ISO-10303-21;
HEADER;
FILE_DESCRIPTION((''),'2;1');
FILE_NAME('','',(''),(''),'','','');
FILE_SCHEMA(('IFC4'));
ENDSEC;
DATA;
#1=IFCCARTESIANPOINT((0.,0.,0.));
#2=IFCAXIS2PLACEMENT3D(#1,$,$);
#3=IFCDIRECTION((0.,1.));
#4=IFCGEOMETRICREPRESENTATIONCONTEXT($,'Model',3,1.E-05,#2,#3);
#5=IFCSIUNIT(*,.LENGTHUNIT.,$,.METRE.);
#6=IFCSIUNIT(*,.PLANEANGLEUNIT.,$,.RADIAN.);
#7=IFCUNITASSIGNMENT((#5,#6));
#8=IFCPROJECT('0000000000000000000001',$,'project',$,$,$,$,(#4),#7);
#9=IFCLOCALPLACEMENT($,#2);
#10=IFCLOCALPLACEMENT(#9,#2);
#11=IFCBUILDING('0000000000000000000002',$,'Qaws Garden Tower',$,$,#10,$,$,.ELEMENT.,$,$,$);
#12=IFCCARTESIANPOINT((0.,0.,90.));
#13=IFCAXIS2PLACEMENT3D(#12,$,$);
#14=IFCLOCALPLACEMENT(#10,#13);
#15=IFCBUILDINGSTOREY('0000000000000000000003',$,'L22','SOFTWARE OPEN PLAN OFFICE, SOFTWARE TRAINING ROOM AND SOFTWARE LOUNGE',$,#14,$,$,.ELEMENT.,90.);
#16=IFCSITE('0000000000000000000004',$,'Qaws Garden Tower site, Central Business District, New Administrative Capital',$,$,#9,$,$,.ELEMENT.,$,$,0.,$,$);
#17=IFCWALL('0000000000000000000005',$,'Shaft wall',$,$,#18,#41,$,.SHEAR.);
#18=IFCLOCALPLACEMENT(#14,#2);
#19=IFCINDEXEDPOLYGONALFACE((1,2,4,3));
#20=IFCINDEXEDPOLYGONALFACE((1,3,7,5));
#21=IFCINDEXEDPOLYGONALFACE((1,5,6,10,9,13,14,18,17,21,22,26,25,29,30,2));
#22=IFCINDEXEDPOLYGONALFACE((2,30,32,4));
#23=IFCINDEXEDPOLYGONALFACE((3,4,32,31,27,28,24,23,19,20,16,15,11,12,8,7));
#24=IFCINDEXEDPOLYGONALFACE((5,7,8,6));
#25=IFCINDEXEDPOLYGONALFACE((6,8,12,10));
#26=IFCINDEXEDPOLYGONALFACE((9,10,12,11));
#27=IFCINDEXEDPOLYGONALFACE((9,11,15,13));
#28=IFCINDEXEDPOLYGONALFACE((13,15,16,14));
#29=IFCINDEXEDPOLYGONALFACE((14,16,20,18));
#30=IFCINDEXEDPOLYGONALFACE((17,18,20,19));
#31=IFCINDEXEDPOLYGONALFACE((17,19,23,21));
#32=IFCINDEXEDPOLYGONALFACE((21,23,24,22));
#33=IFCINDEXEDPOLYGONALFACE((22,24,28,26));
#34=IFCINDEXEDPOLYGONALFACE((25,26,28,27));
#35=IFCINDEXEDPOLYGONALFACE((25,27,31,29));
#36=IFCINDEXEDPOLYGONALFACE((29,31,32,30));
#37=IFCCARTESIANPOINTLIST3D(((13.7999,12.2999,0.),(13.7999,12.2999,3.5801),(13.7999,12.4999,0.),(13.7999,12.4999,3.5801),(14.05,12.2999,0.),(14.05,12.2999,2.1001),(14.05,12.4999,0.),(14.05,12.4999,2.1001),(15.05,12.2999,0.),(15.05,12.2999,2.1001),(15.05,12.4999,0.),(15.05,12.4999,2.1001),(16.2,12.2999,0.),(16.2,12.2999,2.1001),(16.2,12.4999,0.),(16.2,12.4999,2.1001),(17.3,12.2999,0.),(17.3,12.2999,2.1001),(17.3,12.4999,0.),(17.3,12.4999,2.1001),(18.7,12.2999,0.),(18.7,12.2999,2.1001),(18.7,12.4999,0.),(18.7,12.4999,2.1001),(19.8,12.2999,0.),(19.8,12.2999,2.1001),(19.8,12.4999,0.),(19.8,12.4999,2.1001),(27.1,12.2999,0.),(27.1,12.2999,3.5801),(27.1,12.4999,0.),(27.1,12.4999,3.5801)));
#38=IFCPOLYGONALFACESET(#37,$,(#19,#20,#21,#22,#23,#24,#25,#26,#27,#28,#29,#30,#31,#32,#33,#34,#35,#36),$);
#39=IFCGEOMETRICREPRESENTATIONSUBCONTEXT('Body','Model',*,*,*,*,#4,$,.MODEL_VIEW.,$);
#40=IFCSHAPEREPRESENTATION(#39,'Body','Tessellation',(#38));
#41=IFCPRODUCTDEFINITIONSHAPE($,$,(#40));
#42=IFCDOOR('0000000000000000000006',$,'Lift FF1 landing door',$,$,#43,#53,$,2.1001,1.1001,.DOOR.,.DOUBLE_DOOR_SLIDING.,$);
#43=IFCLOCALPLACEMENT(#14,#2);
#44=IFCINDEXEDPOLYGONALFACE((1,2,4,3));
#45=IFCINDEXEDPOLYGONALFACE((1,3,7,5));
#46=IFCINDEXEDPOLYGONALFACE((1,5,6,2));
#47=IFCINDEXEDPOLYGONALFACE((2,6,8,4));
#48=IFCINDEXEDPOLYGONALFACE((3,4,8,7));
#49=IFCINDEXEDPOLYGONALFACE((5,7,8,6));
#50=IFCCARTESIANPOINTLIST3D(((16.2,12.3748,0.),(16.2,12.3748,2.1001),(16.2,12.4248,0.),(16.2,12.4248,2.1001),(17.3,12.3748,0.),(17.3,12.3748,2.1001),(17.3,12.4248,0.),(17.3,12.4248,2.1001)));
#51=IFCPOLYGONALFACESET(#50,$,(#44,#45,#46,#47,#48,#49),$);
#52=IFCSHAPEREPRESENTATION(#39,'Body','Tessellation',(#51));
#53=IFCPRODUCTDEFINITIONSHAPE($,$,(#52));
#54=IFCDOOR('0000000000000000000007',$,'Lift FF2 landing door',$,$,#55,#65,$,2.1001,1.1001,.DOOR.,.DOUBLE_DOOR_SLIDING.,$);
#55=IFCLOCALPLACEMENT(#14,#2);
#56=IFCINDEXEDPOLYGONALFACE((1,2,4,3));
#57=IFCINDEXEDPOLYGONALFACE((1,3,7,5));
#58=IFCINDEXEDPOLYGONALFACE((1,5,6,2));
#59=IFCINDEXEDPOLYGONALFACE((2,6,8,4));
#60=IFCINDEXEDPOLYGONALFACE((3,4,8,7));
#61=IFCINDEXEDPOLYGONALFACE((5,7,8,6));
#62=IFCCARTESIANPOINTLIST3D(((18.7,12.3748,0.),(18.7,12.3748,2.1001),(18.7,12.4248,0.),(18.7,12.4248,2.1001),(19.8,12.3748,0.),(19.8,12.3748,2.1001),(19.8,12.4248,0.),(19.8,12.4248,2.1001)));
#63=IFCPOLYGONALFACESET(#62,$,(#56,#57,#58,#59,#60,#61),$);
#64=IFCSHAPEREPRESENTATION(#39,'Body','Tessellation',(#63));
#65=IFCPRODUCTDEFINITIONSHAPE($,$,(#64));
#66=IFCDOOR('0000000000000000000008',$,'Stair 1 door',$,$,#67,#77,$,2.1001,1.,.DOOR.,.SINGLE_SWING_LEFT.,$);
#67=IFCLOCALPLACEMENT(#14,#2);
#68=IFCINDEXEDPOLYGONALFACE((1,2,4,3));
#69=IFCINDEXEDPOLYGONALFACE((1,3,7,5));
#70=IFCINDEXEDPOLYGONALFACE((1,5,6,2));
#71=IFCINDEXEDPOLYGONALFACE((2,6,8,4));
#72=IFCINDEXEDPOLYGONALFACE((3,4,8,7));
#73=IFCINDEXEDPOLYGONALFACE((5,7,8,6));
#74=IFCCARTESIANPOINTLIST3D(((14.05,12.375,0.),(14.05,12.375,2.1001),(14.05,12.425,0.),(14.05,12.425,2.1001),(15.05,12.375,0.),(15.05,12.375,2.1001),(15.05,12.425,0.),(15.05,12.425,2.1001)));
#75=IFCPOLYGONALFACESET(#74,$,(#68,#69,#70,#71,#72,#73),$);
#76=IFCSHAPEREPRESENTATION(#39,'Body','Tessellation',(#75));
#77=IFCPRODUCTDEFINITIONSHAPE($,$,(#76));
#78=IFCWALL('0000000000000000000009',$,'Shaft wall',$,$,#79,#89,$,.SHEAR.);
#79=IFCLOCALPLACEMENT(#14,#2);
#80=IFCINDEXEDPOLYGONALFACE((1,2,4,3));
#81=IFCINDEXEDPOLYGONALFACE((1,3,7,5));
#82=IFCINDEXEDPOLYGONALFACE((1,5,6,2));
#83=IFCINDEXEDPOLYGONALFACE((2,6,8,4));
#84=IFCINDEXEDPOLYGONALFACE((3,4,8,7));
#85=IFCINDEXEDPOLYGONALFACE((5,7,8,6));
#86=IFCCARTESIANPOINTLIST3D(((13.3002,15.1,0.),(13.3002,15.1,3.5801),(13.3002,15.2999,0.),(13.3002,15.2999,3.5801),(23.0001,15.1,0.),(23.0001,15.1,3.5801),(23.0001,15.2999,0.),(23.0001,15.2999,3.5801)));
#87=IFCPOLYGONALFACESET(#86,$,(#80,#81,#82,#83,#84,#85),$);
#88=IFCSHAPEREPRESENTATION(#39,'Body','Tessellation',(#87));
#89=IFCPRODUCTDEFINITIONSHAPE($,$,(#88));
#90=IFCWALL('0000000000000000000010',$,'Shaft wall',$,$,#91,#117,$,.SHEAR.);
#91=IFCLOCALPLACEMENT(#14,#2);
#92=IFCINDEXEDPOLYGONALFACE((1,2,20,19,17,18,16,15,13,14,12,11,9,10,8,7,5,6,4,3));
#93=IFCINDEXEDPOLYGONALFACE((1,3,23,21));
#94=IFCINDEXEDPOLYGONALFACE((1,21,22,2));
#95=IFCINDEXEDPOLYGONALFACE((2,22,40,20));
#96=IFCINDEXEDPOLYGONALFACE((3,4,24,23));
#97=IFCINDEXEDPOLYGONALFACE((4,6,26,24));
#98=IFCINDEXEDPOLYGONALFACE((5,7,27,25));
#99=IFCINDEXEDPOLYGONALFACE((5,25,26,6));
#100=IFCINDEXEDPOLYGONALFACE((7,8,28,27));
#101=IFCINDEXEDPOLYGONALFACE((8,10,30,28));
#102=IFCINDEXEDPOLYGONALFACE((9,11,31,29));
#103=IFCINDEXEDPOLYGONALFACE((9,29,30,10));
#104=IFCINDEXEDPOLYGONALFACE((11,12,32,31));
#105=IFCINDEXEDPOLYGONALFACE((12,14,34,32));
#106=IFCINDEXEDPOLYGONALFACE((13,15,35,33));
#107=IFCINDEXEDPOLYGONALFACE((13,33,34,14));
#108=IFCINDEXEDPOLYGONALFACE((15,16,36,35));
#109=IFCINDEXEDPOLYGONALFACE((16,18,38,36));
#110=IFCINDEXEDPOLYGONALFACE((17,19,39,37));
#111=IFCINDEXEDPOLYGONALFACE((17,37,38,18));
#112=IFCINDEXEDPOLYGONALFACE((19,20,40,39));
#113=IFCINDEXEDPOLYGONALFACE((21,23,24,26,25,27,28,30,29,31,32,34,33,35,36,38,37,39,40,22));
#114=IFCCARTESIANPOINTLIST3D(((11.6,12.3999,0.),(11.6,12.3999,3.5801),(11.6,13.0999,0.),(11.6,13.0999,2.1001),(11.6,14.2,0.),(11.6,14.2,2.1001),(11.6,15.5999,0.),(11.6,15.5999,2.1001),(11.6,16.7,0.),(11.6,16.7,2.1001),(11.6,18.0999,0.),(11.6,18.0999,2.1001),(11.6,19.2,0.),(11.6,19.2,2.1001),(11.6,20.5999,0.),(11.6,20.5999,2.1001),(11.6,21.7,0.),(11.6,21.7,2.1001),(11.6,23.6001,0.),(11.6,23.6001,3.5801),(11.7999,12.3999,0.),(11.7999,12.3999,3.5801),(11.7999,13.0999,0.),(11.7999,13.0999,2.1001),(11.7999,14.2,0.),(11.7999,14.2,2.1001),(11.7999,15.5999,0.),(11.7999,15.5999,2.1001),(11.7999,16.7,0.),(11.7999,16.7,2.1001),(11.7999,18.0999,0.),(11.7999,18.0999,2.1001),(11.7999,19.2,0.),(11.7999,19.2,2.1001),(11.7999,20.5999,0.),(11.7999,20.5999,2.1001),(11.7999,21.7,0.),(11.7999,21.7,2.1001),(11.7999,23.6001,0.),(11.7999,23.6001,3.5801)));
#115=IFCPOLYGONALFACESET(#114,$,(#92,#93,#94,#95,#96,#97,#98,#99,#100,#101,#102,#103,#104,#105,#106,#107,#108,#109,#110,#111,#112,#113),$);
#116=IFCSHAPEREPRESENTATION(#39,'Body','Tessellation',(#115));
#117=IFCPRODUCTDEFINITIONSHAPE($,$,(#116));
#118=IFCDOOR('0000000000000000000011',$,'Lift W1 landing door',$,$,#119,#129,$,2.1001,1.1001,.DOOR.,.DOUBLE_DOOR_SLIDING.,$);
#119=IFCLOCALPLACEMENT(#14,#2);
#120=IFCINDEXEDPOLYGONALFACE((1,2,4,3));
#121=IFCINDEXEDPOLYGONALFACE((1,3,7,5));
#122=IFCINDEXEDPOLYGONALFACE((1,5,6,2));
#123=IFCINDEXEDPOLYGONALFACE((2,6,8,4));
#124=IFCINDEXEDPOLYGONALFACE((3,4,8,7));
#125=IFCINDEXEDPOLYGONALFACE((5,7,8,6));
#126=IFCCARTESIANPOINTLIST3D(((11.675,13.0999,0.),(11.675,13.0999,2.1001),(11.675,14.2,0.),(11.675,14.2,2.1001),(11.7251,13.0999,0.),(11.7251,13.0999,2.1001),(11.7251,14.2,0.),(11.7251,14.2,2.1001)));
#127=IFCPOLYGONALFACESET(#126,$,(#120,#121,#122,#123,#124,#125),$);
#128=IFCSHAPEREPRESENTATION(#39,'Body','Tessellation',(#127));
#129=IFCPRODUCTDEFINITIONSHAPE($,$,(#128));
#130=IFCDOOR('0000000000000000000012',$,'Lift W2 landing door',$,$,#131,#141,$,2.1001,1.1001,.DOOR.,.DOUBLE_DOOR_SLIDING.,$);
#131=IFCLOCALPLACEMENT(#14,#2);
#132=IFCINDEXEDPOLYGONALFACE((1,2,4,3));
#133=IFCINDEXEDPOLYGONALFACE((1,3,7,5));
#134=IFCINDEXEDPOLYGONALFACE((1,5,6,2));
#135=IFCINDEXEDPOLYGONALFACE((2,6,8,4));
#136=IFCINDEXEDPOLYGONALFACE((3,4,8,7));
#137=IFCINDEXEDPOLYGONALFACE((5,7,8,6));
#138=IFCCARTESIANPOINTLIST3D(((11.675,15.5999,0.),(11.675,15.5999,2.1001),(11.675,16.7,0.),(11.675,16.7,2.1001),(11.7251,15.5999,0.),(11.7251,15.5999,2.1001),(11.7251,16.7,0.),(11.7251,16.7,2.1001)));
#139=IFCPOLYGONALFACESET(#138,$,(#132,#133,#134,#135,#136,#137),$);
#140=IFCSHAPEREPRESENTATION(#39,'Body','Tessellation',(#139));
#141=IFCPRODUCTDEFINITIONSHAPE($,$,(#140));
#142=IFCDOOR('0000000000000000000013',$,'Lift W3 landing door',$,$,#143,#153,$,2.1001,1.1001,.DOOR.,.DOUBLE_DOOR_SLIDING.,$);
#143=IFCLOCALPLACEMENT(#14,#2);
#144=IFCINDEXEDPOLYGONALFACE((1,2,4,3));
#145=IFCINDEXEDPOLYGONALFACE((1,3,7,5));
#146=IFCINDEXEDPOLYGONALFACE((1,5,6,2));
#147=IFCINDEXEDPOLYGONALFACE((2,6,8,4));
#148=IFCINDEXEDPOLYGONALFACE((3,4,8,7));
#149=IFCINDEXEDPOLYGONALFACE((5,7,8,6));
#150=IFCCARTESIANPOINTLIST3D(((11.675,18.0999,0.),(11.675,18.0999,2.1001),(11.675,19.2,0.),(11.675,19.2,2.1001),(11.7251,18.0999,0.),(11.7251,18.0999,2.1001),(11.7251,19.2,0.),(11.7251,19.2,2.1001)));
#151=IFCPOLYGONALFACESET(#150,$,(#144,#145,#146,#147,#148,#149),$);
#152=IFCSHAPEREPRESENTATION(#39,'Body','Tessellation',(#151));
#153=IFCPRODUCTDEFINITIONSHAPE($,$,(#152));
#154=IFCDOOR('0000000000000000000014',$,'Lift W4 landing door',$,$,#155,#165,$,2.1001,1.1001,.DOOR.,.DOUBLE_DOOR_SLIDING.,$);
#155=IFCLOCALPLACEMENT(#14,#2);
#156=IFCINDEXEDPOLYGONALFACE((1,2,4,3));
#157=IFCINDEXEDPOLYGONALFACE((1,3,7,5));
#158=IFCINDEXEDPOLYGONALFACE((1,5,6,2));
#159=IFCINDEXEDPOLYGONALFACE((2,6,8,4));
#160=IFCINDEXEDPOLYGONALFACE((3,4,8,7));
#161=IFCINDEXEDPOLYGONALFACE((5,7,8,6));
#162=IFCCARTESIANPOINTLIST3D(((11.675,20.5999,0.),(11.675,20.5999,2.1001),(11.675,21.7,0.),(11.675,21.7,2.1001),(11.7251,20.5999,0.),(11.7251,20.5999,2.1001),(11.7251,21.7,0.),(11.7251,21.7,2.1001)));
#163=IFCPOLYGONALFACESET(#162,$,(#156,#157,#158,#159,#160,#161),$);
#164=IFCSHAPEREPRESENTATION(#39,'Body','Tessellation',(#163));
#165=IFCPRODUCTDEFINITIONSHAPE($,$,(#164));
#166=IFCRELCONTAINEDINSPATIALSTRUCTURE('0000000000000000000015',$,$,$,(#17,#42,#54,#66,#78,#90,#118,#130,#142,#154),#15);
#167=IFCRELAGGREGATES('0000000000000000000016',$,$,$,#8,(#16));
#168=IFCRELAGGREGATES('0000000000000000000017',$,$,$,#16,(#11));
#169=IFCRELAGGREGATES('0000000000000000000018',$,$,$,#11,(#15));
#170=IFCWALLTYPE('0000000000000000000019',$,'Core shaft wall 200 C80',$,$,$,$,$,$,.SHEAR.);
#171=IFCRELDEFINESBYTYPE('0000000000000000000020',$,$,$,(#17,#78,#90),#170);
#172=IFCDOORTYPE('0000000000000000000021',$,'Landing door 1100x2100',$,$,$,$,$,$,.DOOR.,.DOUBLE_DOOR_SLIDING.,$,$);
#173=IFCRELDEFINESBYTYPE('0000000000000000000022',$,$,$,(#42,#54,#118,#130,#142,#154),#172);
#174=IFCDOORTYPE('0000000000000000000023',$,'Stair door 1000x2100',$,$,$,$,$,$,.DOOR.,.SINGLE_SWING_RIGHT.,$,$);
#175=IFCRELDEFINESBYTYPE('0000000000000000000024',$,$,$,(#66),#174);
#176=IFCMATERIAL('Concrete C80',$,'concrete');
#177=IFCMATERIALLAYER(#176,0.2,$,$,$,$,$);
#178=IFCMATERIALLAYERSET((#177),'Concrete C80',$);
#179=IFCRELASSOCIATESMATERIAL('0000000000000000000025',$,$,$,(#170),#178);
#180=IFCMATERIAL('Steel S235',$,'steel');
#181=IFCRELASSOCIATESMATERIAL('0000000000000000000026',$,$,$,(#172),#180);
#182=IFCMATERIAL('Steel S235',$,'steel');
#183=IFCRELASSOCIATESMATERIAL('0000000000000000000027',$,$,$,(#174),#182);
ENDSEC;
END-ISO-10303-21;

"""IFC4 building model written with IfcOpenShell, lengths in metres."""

from ifc_helpers import new_model, si_unit, direction, frame, frame_2d, origin, place, context, subcontext, project, spatial, rectangle, extrude, material, layer, layer_set, type_object, element, fill, save


model = new_model("IFC4")

# Units and contexts
model_context = context("Model", 3, precision=1e-05, world=origin(), true_north=direction((0.0, 1.0)))
body_context = subcontext(model_context, "Body", "Model", "MODEL_VIEW")
ifc_project = project(units=[si_unit("LENGTHUNIT", "METRE"), si_unit("PLANEANGLEUNIT", "RADIAN")], contexts=[model_context])

# Site, building, storey
site_placement = place(None, origin())
site = spatial("IfcSite", under=ifc_project, at=site_placement, Name="Qaws Garden Tower site, Central Business District, New Administrative Capital", CompositionType="ELEMENT", RefElevation=0.0)
building_placement = place(site_placement, origin())
building = spatial("IfcBuilding", under=site, at=building_placement, Name="Qaws Garden Tower", CompositionType="ELEMENT")
storey_placement = place(building_placement, frame((0.0, 0.0, 90.0)))
storey = spatial("IfcBuildingStorey", under=building, at=storey_placement, Name="L22", Description="SOFTWARE OPEN PLAN OFFICE, SOFTWARE TRAINING ROOM AND SOFTWARE LOUNGE", CompositionType="ELEMENT", Elevation=90.0)

# Wall, openings, doors
ifc_material_1 = material(Name="Concrete C80", Category="concrete")
ifc_layer_1 = layer(ifc_material_1, 0.2)
ifc_layer_set_1 = layer_set([ifc_layer_1], Name="Concrete C80")
wall_type_1 = type_object("IfcWallType", Name="Core shaft wall 200 C80", PredefinedType="SHEAR", material=ifc_layer_set_1)
wall_1_placement = place(storey_placement, frame((13.8, 12.3999, 0.0), z_axis=(0.0, 0.0, 1.0), x_axis=(1.0, 0.0, 0.0)))
wall_1 = element("IfcWall", 1, at=wall_1_placement, inside=storey, type_object=wall_type_1, Name="Shaft wall", PredefinedType="SHEAR", context=body_context, shape_type="SweptSolid", body=[
    extrude(rectangle(XDim=13.3, YDim=0.2, at=frame_2d((6.6499, 0.0))), origin(), (0.0, 0.0, 1.0), 3.5801),
])
opening_1_placement = place(wall_1_placement, frame((2.3999, 0.0, 0.0)))
opening_1 = element("IfcOpeningElement", 2, at=opening_1_placement, cuts=wall_1, PredefinedType="OPENING", context=body_context, shape_type="SweptSolid", body=[
    extrude(rectangle(XDim=1.1001, YDim=2.1001, at=frame_2d((0.55, 1.05))), frame((0.0, 0.1099, 0.0), z_axis=(0.0, -1.0, 0.0), x_axis=(1.0, 0.0, 0.0)), (0.0, 0.0, 1.0), 0.22),
])
opening_2_placement = place(wall_1_placement, frame((4.8999, 0.0, 0.0)))
opening_2 = element("IfcOpeningElement", 3, at=opening_2_placement, cuts=wall_1, PredefinedType="OPENING", context=body_context, shape_type="SweptSolid", body=[
    extrude(rectangle(XDim=1.1001, YDim=2.1001, at=frame_2d((0.55, 1.05))), frame((0.0, 0.1099, 0.0), z_axis=(0.0, -1.0, 0.0), x_axis=(1.0, 0.0, 0.0)), (0.0, 0.0, 1.0), 0.22),
])
opening_3_placement = place(wall_1_placement, frame((0.25, 0.0, 0.0)))
opening_3 = element("IfcOpeningElement", 4, at=opening_3_placement, cuts=wall_1, PredefinedType="OPENING", context=body_context, shape_type="SweptSolid", body=[
    extrude(rectangle(XDim=1.0, YDim=2.1001, at=frame_2d((0.5, 1.05))), frame((0.0, 0.1099, 0.0), z_axis=(0.0, -1.0, 0.0), x_axis=(1.0, 0.0, 0.0)), (0.0, 0.0, 1.0), 0.22),
])
ifc_material_2 = material(Name="Steel S235", Category="steel")
door_type_1 = type_object("IfcDoorType", Name="Landing door 1100x2100", OperationType="DOUBLE_DOOR_SLIDING", PredefinedType="DOOR", material=ifc_material_2)
door_1_placement = place(opening_1_placement, origin())
door_1 = element("IfcDoor", 5, at=door_1_placement, inside=storey, type_object=door_type_1, Name="Lift FF1 landing door", OperationType="DOUBLE_DOOR_SLIDING", OverallHeight=2.1001, OverallWidth=1.1001, PredefinedType="DOOR", context=body_context, shape_type="SweptSolid", body=[
    extrude(rectangle(XDim=1.1001, YDim=2.1001, at=frame_2d((0.55, 1.05))), frame((0.0, 0.0249, 0.0), z_axis=(0.0, -1.0, 0.0), x_axis=(1.0, 0.0, 0.0)), (0.0, 0.0, 1.0), 0.05),
])
fill(opening_1, door_1)
door_2_placement = place(opening_2_placement, origin())
door_2 = element("IfcDoor", 6, at=door_2_placement, inside=storey, type_object=door_type_1, Name="Lift FF2 landing door", OperationType="DOUBLE_DOOR_SLIDING", OverallHeight=2.1001, OverallWidth=1.1001, PredefinedType="DOOR", context=body_context, shape_type="SweptSolid", body=[
    extrude(rectangle(XDim=1.1001, YDim=2.1001, at=frame_2d((0.55, 1.05))), frame((0.0, 0.0249, 0.0), z_axis=(0.0, -1.0, 0.0), x_axis=(1.0, 0.0, 0.0)), (0.0, 0.0, 1.0), 0.05),
])
fill(opening_2, door_2)
ifc_material_3 = material(Name="Steel S235", Category="steel")
door_type_2 = type_object("IfcDoorType", Name="Stair door 1000x2100", OperationType="SINGLE_SWING_RIGHT", PredefinedType="DOOR", material=ifc_material_3)
door_3_placement = place(opening_3_placement, frame((1.0, 0.0, 0.0), z_axis=(0.0, 0.0, 1.0), x_axis=(-1.0, 0.0, 0.0)))
door_3 = element("IfcDoor", 7, at=door_3_placement, inside=storey, type_object=door_type_2, Name="Stair 1 door", OperationType="SINGLE_SWING_LEFT", OverallHeight=2.1001, OverallWidth=1.0, PredefinedType="DOOR", context=body_context, shape_type="SweptSolid", body=[
    extrude(rectangle(XDim=1.0, YDim=2.1001, at=frame_2d((0.5, 1.05))), frame((0.0, 0.0249, 0.0), z_axis=(0.0, -1.0, 0.0), x_axis=(1.0, 0.0, 0.0)), (0.0, 0.0, 1.0), 0.05),
])
fill(opening_3, door_3)

# Wall
wall_2_placement = place(storey_placement, frame((13.3, 15.2, 0.0), z_axis=(0.0, 0.0, 1.0), x_axis=(1.0, 0.0, 0.0)))
element("IfcWall", 8, at=wall_2_placement, inside=storey, type_object=wall_type_1, Name="Shaft wall", PredefinedType="SHEAR", context=body_context, shape_type="SweptSolid", body=[
    extrude(rectangle(XDim=9.7, YDim=0.2, at=frame_2d((4.8501, 0.0))), origin(), (0.0, 0.0, 1.0), 3.5801),
])

# Wall, openings, doors
wall_3_placement = place(storey_placement, frame((11.7, 12.3999, 0.0), z_axis=(0.0, 0.0, 1.0), x_axis=(0.0, 1.0, 0.0)))
wall_3 = element("IfcWall", 9, at=wall_3_placement, inside=storey, type_object=wall_type_1, Name="Shaft wall", PredefinedType="SHEAR", context=body_context, shape_type="SweptSolid", body=[
    extrude(rectangle(XDim=11.2002, YDim=0.2, at=frame_2d((5.6001, 0.0))), origin(), (0.0, 0.0, 1.0), 3.5801),
])
opening_4_placement = place(wall_3_placement, frame((0.7, 0.0, 0.0)))
opening_4 = element("IfcOpeningElement", 10, at=opening_4_placement, cuts=wall_3, PredefinedType="OPENING", context=body_context, shape_type="SweptSolid", body=[
    extrude(rectangle(XDim=1.1001, YDim=2.1001, at=frame_2d((0.55, 1.05))), frame((0.0, 0.1099, 0.0), z_axis=(0.0, -1.0, 0.0), x_axis=(1.0, 0.0, 0.0)), (0.0, 0.0, 1.0), 0.22),
])
opening_5_placement = place(wall_3_placement, frame((3.2, 0.0, 0.0)))
opening_5 = element("IfcOpeningElement", 11, at=opening_5_placement, cuts=wall_3, PredefinedType="OPENING", context=body_context, shape_type="SweptSolid", body=[
    extrude(rectangle(XDim=1.1001, YDim=2.1001, at=frame_2d((0.55, 1.05))), frame((0.0, 0.1099, 0.0), z_axis=(0.0, -1.0, 0.0), x_axis=(1.0, 0.0, 0.0)), (0.0, 0.0, 1.0), 0.22),
])
opening_6_placement = place(wall_3_placement, frame((5.7, 0.0, 0.0)))
opening_6 = element("IfcOpeningElement", 12, at=opening_6_placement, cuts=wall_3, PredefinedType="OPENING", context=body_context, shape_type="SweptSolid", body=[
    extrude(rectangle(XDim=1.1001, YDim=2.1001, at=frame_2d((0.55, 1.05))), frame((0.0, 0.1099, 0.0), z_axis=(0.0, -1.0, 0.0), x_axis=(1.0, 0.0, 0.0)), (0.0, 0.0, 1.0), 0.22),
])
opening_7_placement = place(wall_3_placement, frame((8.2, 0.0, 0.0)))
opening_7 = element("IfcOpeningElement", 13, at=opening_7_placement, cuts=wall_3, PredefinedType="OPENING", context=body_context, shape_type="SweptSolid", body=[
    extrude(rectangle(XDim=1.1001, YDim=2.1001, at=frame_2d((0.55, 1.05))), frame((0.0, 0.1099, 0.0), z_axis=(0.0, -1.0, 0.0), x_axis=(1.0, 0.0, 0.0)), (0.0, 0.0, 1.0), 0.22),
])
door_4_placement = place(opening_4_placement, origin())
door_4 = element("IfcDoor", 14, at=door_4_placement, inside=storey, type_object=door_type_1, Name="Lift W1 landing door", OperationType="DOUBLE_DOOR_SLIDING", OverallHeight=2.1001, OverallWidth=1.1001, PredefinedType="DOOR", context=body_context, shape_type="SweptSolid", body=[
    extrude(rectangle(XDim=1.1001, YDim=2.1001, at=frame_2d((0.55, 1.05))), frame((0.0, 0.0249, 0.0), z_axis=(0.0, -1.0, 0.0), x_axis=(1.0, 0.0, 0.0)), (0.0, 0.0, 1.0), 0.05),
])
fill(opening_4, door_4)
door_5_placement = place(opening_5_placement, origin())
door_5 = element("IfcDoor", 15, at=door_5_placement, inside=storey, type_object=door_type_1, Name="Lift W2 landing door", OperationType="DOUBLE_DOOR_SLIDING", OverallHeight=2.1001, OverallWidth=1.1001, PredefinedType="DOOR", context=body_context, shape_type="SweptSolid", body=[
    extrude(rectangle(XDim=1.1001, YDim=2.1001, at=frame_2d((0.55, 1.05))), frame((0.0, 0.0249, 0.0), z_axis=(0.0, -1.0, 0.0), x_axis=(1.0, 0.0, 0.0)), (0.0, 0.0, 1.0), 0.05),
])
fill(opening_5, door_5)
door_6_placement = place(opening_6_placement, origin())
door_6 = element("IfcDoor", 16, at=door_6_placement, inside=storey, type_object=door_type_1, Name="Lift W3 landing door", OperationType="DOUBLE_DOOR_SLIDING", OverallHeight=2.1001, OverallWidth=1.1001, PredefinedType="DOOR", context=body_context, shape_type="SweptSolid", body=[
    extrude(rectangle(XDim=1.1001, YDim=2.1001, at=frame_2d((0.55, 1.05))), frame((0.0, 0.0249, 0.0), z_axis=(0.0, -1.0, 0.0), x_axis=(1.0, 0.0, 0.0)), (0.0, 0.0, 1.0), 0.05),
])
fill(opening_6, door_6)
door_7_placement = place(opening_7_placement, origin())
door_7 = element("IfcDoor", 17, at=door_7_placement, inside=storey, type_object=door_type_1, Name="Lift W4 landing door", OperationType="DOUBLE_DOOR_SLIDING", OverallHeight=2.1001, OverallWidth=1.1001, PredefinedType="DOOR", context=body_context, shape_type="SweptSolid", body=[
    extrude(rectangle(XDim=1.1001, YDim=2.1001, at=frame_2d((0.55, 1.05))), frame((0.0, 0.0249, 0.0), z_axis=(0.0, -1.0, 0.0), x_axis=(1.0, 0.0, 0.0)), (0.0, 0.0, 1.0), 0.05),
])
fill(opening_7, door_7)

save(model, "model.ifc")
